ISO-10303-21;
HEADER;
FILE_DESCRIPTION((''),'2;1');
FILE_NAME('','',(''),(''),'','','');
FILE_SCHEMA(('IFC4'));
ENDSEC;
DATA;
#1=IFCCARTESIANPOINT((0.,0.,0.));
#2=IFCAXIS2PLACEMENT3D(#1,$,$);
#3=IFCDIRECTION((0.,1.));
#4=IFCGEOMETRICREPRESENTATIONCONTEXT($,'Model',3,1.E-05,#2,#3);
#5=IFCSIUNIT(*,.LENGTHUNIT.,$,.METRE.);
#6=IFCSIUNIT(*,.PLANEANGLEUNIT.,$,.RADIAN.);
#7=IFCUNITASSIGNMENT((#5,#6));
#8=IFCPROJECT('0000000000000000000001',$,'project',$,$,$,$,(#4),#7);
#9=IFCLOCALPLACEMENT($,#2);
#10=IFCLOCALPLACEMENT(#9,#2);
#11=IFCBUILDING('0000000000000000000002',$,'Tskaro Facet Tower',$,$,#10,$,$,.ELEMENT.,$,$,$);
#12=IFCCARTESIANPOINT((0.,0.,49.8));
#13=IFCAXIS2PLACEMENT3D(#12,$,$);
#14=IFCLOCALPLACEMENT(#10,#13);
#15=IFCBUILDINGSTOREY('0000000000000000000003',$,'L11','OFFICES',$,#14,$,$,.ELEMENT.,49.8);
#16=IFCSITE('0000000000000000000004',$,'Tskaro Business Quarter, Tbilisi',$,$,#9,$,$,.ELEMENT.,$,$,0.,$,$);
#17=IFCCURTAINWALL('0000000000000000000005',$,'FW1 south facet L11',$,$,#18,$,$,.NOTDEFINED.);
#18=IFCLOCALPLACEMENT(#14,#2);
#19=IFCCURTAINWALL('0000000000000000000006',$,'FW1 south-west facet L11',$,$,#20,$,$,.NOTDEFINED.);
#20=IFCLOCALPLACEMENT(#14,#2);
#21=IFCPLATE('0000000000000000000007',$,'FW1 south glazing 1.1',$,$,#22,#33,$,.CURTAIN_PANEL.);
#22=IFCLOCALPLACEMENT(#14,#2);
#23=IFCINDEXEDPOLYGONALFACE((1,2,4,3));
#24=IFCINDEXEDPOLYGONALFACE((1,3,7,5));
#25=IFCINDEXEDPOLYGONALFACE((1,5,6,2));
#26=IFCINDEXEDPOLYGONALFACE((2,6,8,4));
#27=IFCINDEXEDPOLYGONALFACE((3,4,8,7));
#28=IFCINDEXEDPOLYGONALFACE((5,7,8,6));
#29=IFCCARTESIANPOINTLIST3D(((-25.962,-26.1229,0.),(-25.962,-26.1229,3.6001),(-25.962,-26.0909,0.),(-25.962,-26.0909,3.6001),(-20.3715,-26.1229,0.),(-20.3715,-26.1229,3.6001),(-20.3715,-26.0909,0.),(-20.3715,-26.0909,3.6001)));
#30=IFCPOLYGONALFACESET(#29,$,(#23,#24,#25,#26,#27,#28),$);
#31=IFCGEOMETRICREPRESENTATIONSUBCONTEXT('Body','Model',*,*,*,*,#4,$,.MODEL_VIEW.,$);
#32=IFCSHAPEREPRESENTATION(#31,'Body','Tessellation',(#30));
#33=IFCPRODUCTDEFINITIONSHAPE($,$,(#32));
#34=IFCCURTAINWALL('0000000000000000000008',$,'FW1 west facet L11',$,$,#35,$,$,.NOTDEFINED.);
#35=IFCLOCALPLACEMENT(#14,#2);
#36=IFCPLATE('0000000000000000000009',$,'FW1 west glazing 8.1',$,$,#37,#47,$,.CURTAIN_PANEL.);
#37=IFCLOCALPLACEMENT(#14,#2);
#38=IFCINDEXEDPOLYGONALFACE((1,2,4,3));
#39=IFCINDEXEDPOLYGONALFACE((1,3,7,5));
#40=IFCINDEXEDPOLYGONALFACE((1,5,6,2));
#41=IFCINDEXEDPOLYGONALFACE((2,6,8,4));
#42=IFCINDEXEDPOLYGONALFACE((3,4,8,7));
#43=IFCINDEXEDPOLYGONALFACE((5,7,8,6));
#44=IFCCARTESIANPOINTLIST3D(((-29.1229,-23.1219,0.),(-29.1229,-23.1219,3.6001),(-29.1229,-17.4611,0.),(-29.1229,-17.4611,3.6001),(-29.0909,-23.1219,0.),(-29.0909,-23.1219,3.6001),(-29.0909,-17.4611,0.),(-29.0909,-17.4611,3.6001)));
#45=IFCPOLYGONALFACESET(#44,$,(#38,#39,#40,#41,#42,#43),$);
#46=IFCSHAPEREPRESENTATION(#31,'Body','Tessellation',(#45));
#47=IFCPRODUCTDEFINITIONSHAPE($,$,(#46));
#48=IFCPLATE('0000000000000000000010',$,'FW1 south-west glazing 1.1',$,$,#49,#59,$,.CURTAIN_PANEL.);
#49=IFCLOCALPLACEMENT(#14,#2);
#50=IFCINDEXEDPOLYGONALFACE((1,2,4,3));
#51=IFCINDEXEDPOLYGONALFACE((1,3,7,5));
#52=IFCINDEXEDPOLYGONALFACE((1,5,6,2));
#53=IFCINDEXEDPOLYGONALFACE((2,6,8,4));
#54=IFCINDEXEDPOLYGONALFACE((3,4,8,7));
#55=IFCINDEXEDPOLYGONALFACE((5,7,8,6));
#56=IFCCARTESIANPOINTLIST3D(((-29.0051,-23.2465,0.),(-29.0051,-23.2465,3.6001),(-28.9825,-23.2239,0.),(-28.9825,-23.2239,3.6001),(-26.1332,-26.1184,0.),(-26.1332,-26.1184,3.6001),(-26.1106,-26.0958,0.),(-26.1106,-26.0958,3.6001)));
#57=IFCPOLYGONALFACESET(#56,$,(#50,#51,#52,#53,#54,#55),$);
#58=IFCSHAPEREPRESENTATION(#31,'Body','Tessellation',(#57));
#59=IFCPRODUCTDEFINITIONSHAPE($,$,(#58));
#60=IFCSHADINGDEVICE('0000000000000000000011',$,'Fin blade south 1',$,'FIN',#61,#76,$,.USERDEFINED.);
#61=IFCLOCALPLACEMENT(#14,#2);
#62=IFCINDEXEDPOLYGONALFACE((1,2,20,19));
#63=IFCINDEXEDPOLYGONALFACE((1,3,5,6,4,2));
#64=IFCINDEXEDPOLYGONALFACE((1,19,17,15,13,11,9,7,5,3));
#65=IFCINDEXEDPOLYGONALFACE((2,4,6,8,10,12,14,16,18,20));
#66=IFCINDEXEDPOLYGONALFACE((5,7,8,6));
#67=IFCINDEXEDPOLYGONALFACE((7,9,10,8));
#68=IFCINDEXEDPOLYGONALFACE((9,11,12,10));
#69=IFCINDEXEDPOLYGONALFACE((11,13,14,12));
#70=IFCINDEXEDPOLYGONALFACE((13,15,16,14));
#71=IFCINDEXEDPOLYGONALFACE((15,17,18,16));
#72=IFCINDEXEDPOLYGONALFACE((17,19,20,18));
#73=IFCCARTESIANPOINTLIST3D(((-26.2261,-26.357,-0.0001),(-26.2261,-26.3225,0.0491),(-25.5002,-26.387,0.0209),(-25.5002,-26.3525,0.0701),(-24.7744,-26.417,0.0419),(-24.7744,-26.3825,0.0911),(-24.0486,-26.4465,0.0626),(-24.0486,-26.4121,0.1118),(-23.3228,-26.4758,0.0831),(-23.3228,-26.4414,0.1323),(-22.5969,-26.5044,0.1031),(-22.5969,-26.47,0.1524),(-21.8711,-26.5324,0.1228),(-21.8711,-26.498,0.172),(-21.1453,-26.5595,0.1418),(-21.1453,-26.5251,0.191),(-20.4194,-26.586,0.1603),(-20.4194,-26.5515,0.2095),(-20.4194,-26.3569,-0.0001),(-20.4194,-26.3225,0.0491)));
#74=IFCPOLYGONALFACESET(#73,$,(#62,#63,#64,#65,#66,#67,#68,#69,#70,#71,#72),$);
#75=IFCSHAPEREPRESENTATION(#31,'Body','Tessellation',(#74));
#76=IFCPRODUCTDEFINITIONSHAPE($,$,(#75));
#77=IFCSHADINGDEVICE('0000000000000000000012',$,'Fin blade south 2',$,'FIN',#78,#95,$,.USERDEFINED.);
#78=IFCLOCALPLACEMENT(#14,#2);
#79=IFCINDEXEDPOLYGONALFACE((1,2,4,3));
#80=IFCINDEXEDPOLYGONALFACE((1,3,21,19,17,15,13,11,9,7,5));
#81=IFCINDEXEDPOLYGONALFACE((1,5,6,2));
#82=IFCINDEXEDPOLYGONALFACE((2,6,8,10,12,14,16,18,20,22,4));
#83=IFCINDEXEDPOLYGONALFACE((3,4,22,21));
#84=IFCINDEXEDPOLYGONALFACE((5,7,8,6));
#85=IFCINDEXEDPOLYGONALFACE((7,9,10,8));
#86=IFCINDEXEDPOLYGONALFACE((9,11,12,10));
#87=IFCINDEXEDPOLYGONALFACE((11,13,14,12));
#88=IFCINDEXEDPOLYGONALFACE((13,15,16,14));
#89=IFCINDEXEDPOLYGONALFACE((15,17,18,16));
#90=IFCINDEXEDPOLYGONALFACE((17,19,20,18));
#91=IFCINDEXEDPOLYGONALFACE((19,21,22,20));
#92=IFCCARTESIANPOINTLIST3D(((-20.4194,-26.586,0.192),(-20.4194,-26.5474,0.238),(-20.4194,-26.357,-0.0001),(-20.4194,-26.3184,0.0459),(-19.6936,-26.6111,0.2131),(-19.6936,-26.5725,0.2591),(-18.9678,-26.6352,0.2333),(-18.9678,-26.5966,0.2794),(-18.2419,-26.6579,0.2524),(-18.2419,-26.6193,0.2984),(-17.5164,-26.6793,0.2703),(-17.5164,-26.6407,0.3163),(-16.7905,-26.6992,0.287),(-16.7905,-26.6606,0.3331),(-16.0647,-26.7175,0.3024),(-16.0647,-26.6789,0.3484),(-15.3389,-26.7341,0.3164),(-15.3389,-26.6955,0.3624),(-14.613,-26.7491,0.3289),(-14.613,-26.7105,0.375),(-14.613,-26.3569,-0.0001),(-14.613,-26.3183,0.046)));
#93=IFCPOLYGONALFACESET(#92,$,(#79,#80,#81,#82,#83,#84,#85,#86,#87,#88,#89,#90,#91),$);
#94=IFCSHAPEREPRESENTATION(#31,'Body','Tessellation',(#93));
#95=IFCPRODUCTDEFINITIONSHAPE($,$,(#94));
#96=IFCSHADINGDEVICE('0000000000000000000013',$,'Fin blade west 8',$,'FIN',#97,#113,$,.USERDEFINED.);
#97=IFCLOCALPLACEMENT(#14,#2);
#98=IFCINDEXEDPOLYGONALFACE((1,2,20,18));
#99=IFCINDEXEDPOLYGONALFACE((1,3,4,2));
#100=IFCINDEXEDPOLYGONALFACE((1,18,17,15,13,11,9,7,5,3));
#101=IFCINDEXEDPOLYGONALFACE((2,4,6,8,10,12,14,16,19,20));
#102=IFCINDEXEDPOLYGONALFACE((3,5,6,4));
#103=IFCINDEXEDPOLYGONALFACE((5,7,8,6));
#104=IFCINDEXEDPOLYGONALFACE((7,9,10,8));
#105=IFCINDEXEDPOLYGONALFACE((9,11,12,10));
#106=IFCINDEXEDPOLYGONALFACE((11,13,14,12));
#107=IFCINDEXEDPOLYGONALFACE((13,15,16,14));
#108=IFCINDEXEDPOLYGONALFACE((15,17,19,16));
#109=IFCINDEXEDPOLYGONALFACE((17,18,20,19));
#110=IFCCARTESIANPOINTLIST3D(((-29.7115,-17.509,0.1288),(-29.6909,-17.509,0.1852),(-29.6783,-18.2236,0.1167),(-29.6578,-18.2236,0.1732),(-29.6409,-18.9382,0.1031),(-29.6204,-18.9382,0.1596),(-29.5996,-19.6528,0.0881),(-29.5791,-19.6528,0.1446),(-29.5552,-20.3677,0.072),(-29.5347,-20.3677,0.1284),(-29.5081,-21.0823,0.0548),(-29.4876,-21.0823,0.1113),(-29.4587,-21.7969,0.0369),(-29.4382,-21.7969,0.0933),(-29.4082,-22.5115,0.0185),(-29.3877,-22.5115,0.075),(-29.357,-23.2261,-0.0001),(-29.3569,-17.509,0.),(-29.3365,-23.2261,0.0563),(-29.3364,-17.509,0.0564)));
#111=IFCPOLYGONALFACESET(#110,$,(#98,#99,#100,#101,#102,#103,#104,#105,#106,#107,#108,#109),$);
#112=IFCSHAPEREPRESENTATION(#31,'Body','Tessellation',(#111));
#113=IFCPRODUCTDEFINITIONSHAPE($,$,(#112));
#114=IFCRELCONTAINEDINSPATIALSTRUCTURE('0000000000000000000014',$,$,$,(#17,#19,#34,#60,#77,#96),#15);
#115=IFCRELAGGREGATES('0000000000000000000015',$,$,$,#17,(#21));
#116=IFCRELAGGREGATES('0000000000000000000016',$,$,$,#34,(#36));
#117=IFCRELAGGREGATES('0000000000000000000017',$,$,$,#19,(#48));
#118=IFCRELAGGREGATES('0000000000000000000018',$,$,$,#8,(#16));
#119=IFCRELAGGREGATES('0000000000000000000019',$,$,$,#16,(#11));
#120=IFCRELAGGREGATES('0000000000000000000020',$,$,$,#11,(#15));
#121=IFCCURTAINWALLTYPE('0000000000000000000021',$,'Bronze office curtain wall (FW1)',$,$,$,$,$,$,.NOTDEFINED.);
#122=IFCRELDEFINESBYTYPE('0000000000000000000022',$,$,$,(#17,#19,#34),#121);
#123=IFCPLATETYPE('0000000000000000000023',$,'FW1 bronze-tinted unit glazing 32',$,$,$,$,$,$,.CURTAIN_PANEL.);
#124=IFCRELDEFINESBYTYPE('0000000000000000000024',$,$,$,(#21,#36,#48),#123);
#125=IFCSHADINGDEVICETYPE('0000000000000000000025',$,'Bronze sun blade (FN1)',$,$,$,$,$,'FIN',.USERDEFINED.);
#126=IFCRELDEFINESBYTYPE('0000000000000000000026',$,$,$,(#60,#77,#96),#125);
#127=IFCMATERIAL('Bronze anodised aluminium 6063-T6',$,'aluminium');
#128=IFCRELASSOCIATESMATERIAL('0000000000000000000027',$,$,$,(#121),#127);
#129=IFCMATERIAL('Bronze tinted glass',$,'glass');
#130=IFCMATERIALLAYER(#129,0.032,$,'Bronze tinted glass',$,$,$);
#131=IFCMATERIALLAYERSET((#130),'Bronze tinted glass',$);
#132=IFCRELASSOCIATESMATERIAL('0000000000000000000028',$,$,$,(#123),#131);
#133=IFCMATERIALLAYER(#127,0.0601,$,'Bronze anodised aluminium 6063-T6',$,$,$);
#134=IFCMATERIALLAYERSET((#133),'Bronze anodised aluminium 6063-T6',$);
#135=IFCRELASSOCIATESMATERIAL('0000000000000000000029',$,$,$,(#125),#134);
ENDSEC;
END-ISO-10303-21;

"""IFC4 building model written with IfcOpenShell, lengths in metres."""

from ifc_helpers import new_model, si_unit, direction, frame, origin, origin_2d, place, context, subcontext, project, spatial, polyline, rectangle, outline, extrude, material, layer, layer_set, type_object, element, aggregate, save


model = new_model("IFC4")

# Units and contexts
model_context = context("Model", 3, precision=1e-05, world=origin(), true_north=direction((0.0, 1.0)))
body_context = subcontext(model_context, "Body", "Model", "MODEL_VIEW")
ifc_project = project(units=[si_unit("LENGTHUNIT", "METRE"), si_unit("PLANEANGLEUNIT", "RADIAN")], contexts=[model_context])

# Site, building, storey
site_placement = place(None, origin())
site = spatial("IfcSite", under=ifc_project, at=site_placement, Name="Tskaro Business Quarter, Tbilisi", CompositionType="ELEMENT", RefElevation=0.0)
building_placement = place(site_placement, origin())
building = spatial("IfcBuilding", under=site, at=building_placement, Name="Tskaro Facet Tower", CompositionType="ELEMENT")
storey_placement = place(building_placement, frame((0.0, 0.0, 49.8)))
storey = spatial("IfcBuildingStorey", under=building, at=storey_placement, Name="L11", Description="OFFICES", CompositionType="ELEMENT", Elevation=49.8)

# Curtain walls
ifc_material_1 = material(Name="Bronze anodised aluminium 6063-T6", Category="aluminium")
curtain_wall_type = type_object("IfcCurtainWallType", Name="Bronze office curtain wall (FW1)", PredefinedType="NOTDEFINED", material=ifc_material_1)
curtain_wall_1_placement = place(storey_placement, origin())
curtain_wall_1 = element("IfcCurtainWall", 1, at=curtain_wall_1_placement, inside=storey, type_object=curtain_wall_type, Name="FW1 south facet L11", PredefinedType="NOTDEFINED")
curtain_wall_2_placement = place(storey_placement, origin())
curtain_wall_2 = element("IfcCurtainWall", 2, at=curtain_wall_2_placement, inside=storey, type_object=curtain_wall_type, Name="FW1 south-west facet L11", PredefinedType="NOTDEFINED")

# Plate
ifc_material_2 = material(Name="Bronze tinted glass", Category="glass")
ifc_layer_1 = layer(ifc_material_2, 0.032, Name="Bronze tinted glass")
ifc_layer_set_1 = layer_set([ifc_layer_1], Name="Bronze tinted glass")
plate_type = type_object("IfcPlateType", Name="FW1 bronze-tinted unit glazing 32", PredefinedType="CURTAIN_PANEL", material=ifc_layer_set_1)
plate_1_placement = place(storey_placement, frame((-23.1667, -26.1069, 0.0), z_axis=(0.0, 0.0, 1.0), x_axis=(1.0, 0.0, 0.0)))
plate_1 = element("IfcPlate", 3, at=plate_1_placement, type_object=plate_type, Name="FW1 south glazing 1.1", PredefinedType="CURTAIN_PANEL", context=body_context, shape_type="SweptSolid", body=[
    extrude(rectangle(XDim=5.5906, YDim=0.032, at=origin_2d()), origin(), (0.0, 0.0, 1.0), 3.6001),
])
aggregate(curtain_wall_1, [plate_1])

# Curtain wall, plate
curtain_wall_3_placement = place(storey_placement, origin())
curtain_wall_3 = element("IfcCurtainWall", 4, at=curtain_wall_3_placement, inside=storey, type_object=curtain_wall_type, Name="FW1 west facet L11", PredefinedType="NOTDEFINED")
plate_2_placement = place(storey_placement, frame((-29.1069, -20.2915, 0.0), z_axis=(0.0, 0.0, 1.0), x_axis=(0.0, -1.0, 0.0)))
plate_2 = element("IfcPlate", 5, at=plate_2_placement, type_object=plate_type, Name="FW1 west glazing 8.1", PredefinedType="CURTAIN_PANEL", context=body_context, shape_type="SweptSolid", body=[
    extrude(rectangle(XDim=5.6609, YDim=0.032, at=origin_2d()), origin(), (0.0, 0.0, 1.0), 3.6001),
])
aggregate(curtain_wall_3, [plate_2])

# Plate
plate_3_placement = place(storey_placement, frame((-27.5579, -24.6711, 0.0), z_axis=(0.0, 0.0, 1.0), x_axis=(0.707107, -0.707107, 0.0)))
plate_3 = element("IfcPlate", 6, at=plate_3_placement, type_object=plate_type, Name="FW1 south-west glazing 1.1", PredefinedType="CURTAIN_PANEL", context=body_context, shape_type="SweptSolid", body=[
    extrude(rectangle(XDim=4.0615, YDim=0.032, at=origin_2d()), origin(), (0.0, 0.0, 1.0), 3.6001),
])
aggregate(curtain_wall_2, [plate_3])

# Shading devices
ifc_layer_2 = layer(ifc_material_1, 0.0601, Name="Bronze anodised aluminium 6063-T6")
ifc_layer_set_2 = layer_set([ifc_layer_2], Name="Bronze anodised aluminium 6063-T6")
shading_device_type = type_object("IfcShadingDeviceType", Name="Bronze sun blade (FN1)", ElementType="FIN", PredefinedType="USERDEFINED", material=ifc_layer_set_2)
shading_device_1_placement = place(storey_placement, frame((-26.2261, -26.3225, 0.0491), z_axis=(-0.000014, 0.573462, 0.819232), x_axis=(1.0, 0.000008, 0.000011)))
element("IfcShadingDevice", 7, at=shading_device_1_placement, inside=storey, type_object=shading_device_type, Name="Fin blade south 1", ObjectType="FIN", PredefinedType="USERDEFINED", context=body_context, shape_type="SweptSolid", body=[
    extrude(outline(polyline([(0.0, 0.0), (5.8066, 0.0), (5.8066, -0.2796), (5.0808, -0.2473), (4.355, -0.2142), (3.6292, -0.18), (2.9033, -0.1451), (2.1775, -0.1094), (1.4517, -0.0733), (0.7258, -0.0366), (0.0, 0.0)])), origin(), (0.0, 0.0, -1.0), 0.0601),
])
shading_device_2_placement = place(storey_placement, frame((-20.4194, -26.3184, 0.0459), z_axis=(-0.000014, 0.642688, 0.766128), x_axis=(1.0, 0.000009, 0.000011)))
element("IfcShadingDevice", 8, at=shading_device_2_placement, inside=storey, type_object=shading_device_type, Name="Fin blade south 2", ObjectType="FIN", PredefinedType="USERDEFINED", context=body_context, shape_type="SweptSolid", body=[
    extrude(outline(polyline([(0.0, 0.0), (5.8064, 0.0), (5.8064, -0.5119), (5.0806, -0.4923), (4.3547, -0.4707), (3.6289, -0.4468), (2.9031, -0.4207), (2.1775, -0.3929), (1.4517, -0.3632), (0.7258, -0.3317), (0.0, -0.2989), (0.0, 0.0)])), origin(), (0.0, 0.0, -1.0), 0.0601),
])
shading_device_3_placement = place(storey_placement, frame((-29.3364, -17.509, 0.0564), z_axis=(0.341574, -0.000014, 0.939855), x_axis=(-0.000005, -1.0, -0.000013)))
element("IfcShadingDevice", 9, at=shading_device_3_placement, inside=storey, type_object=shading_device_type, Name="Fin blade west 8", ObjectType="FIN", PredefinedType="USERDEFINED", context=body_context, shape_type="SweptSolid", body=[
    extrude(outline(polyline([(0.0, 0.0), (5.717, 0.0), (5.0024, -0.0545), (4.2878, -0.1083), (3.5732, -0.1608), (2.8586, -0.2109), (2.1438, -0.2582), (1.4292, -0.3021), (0.7146, -0.3419), (0.0, -0.3772), (0.0, 0.0)])), origin(), (0.0, 0.0, -1.0), 0.0601),
])

save(model, "model.ifc")
